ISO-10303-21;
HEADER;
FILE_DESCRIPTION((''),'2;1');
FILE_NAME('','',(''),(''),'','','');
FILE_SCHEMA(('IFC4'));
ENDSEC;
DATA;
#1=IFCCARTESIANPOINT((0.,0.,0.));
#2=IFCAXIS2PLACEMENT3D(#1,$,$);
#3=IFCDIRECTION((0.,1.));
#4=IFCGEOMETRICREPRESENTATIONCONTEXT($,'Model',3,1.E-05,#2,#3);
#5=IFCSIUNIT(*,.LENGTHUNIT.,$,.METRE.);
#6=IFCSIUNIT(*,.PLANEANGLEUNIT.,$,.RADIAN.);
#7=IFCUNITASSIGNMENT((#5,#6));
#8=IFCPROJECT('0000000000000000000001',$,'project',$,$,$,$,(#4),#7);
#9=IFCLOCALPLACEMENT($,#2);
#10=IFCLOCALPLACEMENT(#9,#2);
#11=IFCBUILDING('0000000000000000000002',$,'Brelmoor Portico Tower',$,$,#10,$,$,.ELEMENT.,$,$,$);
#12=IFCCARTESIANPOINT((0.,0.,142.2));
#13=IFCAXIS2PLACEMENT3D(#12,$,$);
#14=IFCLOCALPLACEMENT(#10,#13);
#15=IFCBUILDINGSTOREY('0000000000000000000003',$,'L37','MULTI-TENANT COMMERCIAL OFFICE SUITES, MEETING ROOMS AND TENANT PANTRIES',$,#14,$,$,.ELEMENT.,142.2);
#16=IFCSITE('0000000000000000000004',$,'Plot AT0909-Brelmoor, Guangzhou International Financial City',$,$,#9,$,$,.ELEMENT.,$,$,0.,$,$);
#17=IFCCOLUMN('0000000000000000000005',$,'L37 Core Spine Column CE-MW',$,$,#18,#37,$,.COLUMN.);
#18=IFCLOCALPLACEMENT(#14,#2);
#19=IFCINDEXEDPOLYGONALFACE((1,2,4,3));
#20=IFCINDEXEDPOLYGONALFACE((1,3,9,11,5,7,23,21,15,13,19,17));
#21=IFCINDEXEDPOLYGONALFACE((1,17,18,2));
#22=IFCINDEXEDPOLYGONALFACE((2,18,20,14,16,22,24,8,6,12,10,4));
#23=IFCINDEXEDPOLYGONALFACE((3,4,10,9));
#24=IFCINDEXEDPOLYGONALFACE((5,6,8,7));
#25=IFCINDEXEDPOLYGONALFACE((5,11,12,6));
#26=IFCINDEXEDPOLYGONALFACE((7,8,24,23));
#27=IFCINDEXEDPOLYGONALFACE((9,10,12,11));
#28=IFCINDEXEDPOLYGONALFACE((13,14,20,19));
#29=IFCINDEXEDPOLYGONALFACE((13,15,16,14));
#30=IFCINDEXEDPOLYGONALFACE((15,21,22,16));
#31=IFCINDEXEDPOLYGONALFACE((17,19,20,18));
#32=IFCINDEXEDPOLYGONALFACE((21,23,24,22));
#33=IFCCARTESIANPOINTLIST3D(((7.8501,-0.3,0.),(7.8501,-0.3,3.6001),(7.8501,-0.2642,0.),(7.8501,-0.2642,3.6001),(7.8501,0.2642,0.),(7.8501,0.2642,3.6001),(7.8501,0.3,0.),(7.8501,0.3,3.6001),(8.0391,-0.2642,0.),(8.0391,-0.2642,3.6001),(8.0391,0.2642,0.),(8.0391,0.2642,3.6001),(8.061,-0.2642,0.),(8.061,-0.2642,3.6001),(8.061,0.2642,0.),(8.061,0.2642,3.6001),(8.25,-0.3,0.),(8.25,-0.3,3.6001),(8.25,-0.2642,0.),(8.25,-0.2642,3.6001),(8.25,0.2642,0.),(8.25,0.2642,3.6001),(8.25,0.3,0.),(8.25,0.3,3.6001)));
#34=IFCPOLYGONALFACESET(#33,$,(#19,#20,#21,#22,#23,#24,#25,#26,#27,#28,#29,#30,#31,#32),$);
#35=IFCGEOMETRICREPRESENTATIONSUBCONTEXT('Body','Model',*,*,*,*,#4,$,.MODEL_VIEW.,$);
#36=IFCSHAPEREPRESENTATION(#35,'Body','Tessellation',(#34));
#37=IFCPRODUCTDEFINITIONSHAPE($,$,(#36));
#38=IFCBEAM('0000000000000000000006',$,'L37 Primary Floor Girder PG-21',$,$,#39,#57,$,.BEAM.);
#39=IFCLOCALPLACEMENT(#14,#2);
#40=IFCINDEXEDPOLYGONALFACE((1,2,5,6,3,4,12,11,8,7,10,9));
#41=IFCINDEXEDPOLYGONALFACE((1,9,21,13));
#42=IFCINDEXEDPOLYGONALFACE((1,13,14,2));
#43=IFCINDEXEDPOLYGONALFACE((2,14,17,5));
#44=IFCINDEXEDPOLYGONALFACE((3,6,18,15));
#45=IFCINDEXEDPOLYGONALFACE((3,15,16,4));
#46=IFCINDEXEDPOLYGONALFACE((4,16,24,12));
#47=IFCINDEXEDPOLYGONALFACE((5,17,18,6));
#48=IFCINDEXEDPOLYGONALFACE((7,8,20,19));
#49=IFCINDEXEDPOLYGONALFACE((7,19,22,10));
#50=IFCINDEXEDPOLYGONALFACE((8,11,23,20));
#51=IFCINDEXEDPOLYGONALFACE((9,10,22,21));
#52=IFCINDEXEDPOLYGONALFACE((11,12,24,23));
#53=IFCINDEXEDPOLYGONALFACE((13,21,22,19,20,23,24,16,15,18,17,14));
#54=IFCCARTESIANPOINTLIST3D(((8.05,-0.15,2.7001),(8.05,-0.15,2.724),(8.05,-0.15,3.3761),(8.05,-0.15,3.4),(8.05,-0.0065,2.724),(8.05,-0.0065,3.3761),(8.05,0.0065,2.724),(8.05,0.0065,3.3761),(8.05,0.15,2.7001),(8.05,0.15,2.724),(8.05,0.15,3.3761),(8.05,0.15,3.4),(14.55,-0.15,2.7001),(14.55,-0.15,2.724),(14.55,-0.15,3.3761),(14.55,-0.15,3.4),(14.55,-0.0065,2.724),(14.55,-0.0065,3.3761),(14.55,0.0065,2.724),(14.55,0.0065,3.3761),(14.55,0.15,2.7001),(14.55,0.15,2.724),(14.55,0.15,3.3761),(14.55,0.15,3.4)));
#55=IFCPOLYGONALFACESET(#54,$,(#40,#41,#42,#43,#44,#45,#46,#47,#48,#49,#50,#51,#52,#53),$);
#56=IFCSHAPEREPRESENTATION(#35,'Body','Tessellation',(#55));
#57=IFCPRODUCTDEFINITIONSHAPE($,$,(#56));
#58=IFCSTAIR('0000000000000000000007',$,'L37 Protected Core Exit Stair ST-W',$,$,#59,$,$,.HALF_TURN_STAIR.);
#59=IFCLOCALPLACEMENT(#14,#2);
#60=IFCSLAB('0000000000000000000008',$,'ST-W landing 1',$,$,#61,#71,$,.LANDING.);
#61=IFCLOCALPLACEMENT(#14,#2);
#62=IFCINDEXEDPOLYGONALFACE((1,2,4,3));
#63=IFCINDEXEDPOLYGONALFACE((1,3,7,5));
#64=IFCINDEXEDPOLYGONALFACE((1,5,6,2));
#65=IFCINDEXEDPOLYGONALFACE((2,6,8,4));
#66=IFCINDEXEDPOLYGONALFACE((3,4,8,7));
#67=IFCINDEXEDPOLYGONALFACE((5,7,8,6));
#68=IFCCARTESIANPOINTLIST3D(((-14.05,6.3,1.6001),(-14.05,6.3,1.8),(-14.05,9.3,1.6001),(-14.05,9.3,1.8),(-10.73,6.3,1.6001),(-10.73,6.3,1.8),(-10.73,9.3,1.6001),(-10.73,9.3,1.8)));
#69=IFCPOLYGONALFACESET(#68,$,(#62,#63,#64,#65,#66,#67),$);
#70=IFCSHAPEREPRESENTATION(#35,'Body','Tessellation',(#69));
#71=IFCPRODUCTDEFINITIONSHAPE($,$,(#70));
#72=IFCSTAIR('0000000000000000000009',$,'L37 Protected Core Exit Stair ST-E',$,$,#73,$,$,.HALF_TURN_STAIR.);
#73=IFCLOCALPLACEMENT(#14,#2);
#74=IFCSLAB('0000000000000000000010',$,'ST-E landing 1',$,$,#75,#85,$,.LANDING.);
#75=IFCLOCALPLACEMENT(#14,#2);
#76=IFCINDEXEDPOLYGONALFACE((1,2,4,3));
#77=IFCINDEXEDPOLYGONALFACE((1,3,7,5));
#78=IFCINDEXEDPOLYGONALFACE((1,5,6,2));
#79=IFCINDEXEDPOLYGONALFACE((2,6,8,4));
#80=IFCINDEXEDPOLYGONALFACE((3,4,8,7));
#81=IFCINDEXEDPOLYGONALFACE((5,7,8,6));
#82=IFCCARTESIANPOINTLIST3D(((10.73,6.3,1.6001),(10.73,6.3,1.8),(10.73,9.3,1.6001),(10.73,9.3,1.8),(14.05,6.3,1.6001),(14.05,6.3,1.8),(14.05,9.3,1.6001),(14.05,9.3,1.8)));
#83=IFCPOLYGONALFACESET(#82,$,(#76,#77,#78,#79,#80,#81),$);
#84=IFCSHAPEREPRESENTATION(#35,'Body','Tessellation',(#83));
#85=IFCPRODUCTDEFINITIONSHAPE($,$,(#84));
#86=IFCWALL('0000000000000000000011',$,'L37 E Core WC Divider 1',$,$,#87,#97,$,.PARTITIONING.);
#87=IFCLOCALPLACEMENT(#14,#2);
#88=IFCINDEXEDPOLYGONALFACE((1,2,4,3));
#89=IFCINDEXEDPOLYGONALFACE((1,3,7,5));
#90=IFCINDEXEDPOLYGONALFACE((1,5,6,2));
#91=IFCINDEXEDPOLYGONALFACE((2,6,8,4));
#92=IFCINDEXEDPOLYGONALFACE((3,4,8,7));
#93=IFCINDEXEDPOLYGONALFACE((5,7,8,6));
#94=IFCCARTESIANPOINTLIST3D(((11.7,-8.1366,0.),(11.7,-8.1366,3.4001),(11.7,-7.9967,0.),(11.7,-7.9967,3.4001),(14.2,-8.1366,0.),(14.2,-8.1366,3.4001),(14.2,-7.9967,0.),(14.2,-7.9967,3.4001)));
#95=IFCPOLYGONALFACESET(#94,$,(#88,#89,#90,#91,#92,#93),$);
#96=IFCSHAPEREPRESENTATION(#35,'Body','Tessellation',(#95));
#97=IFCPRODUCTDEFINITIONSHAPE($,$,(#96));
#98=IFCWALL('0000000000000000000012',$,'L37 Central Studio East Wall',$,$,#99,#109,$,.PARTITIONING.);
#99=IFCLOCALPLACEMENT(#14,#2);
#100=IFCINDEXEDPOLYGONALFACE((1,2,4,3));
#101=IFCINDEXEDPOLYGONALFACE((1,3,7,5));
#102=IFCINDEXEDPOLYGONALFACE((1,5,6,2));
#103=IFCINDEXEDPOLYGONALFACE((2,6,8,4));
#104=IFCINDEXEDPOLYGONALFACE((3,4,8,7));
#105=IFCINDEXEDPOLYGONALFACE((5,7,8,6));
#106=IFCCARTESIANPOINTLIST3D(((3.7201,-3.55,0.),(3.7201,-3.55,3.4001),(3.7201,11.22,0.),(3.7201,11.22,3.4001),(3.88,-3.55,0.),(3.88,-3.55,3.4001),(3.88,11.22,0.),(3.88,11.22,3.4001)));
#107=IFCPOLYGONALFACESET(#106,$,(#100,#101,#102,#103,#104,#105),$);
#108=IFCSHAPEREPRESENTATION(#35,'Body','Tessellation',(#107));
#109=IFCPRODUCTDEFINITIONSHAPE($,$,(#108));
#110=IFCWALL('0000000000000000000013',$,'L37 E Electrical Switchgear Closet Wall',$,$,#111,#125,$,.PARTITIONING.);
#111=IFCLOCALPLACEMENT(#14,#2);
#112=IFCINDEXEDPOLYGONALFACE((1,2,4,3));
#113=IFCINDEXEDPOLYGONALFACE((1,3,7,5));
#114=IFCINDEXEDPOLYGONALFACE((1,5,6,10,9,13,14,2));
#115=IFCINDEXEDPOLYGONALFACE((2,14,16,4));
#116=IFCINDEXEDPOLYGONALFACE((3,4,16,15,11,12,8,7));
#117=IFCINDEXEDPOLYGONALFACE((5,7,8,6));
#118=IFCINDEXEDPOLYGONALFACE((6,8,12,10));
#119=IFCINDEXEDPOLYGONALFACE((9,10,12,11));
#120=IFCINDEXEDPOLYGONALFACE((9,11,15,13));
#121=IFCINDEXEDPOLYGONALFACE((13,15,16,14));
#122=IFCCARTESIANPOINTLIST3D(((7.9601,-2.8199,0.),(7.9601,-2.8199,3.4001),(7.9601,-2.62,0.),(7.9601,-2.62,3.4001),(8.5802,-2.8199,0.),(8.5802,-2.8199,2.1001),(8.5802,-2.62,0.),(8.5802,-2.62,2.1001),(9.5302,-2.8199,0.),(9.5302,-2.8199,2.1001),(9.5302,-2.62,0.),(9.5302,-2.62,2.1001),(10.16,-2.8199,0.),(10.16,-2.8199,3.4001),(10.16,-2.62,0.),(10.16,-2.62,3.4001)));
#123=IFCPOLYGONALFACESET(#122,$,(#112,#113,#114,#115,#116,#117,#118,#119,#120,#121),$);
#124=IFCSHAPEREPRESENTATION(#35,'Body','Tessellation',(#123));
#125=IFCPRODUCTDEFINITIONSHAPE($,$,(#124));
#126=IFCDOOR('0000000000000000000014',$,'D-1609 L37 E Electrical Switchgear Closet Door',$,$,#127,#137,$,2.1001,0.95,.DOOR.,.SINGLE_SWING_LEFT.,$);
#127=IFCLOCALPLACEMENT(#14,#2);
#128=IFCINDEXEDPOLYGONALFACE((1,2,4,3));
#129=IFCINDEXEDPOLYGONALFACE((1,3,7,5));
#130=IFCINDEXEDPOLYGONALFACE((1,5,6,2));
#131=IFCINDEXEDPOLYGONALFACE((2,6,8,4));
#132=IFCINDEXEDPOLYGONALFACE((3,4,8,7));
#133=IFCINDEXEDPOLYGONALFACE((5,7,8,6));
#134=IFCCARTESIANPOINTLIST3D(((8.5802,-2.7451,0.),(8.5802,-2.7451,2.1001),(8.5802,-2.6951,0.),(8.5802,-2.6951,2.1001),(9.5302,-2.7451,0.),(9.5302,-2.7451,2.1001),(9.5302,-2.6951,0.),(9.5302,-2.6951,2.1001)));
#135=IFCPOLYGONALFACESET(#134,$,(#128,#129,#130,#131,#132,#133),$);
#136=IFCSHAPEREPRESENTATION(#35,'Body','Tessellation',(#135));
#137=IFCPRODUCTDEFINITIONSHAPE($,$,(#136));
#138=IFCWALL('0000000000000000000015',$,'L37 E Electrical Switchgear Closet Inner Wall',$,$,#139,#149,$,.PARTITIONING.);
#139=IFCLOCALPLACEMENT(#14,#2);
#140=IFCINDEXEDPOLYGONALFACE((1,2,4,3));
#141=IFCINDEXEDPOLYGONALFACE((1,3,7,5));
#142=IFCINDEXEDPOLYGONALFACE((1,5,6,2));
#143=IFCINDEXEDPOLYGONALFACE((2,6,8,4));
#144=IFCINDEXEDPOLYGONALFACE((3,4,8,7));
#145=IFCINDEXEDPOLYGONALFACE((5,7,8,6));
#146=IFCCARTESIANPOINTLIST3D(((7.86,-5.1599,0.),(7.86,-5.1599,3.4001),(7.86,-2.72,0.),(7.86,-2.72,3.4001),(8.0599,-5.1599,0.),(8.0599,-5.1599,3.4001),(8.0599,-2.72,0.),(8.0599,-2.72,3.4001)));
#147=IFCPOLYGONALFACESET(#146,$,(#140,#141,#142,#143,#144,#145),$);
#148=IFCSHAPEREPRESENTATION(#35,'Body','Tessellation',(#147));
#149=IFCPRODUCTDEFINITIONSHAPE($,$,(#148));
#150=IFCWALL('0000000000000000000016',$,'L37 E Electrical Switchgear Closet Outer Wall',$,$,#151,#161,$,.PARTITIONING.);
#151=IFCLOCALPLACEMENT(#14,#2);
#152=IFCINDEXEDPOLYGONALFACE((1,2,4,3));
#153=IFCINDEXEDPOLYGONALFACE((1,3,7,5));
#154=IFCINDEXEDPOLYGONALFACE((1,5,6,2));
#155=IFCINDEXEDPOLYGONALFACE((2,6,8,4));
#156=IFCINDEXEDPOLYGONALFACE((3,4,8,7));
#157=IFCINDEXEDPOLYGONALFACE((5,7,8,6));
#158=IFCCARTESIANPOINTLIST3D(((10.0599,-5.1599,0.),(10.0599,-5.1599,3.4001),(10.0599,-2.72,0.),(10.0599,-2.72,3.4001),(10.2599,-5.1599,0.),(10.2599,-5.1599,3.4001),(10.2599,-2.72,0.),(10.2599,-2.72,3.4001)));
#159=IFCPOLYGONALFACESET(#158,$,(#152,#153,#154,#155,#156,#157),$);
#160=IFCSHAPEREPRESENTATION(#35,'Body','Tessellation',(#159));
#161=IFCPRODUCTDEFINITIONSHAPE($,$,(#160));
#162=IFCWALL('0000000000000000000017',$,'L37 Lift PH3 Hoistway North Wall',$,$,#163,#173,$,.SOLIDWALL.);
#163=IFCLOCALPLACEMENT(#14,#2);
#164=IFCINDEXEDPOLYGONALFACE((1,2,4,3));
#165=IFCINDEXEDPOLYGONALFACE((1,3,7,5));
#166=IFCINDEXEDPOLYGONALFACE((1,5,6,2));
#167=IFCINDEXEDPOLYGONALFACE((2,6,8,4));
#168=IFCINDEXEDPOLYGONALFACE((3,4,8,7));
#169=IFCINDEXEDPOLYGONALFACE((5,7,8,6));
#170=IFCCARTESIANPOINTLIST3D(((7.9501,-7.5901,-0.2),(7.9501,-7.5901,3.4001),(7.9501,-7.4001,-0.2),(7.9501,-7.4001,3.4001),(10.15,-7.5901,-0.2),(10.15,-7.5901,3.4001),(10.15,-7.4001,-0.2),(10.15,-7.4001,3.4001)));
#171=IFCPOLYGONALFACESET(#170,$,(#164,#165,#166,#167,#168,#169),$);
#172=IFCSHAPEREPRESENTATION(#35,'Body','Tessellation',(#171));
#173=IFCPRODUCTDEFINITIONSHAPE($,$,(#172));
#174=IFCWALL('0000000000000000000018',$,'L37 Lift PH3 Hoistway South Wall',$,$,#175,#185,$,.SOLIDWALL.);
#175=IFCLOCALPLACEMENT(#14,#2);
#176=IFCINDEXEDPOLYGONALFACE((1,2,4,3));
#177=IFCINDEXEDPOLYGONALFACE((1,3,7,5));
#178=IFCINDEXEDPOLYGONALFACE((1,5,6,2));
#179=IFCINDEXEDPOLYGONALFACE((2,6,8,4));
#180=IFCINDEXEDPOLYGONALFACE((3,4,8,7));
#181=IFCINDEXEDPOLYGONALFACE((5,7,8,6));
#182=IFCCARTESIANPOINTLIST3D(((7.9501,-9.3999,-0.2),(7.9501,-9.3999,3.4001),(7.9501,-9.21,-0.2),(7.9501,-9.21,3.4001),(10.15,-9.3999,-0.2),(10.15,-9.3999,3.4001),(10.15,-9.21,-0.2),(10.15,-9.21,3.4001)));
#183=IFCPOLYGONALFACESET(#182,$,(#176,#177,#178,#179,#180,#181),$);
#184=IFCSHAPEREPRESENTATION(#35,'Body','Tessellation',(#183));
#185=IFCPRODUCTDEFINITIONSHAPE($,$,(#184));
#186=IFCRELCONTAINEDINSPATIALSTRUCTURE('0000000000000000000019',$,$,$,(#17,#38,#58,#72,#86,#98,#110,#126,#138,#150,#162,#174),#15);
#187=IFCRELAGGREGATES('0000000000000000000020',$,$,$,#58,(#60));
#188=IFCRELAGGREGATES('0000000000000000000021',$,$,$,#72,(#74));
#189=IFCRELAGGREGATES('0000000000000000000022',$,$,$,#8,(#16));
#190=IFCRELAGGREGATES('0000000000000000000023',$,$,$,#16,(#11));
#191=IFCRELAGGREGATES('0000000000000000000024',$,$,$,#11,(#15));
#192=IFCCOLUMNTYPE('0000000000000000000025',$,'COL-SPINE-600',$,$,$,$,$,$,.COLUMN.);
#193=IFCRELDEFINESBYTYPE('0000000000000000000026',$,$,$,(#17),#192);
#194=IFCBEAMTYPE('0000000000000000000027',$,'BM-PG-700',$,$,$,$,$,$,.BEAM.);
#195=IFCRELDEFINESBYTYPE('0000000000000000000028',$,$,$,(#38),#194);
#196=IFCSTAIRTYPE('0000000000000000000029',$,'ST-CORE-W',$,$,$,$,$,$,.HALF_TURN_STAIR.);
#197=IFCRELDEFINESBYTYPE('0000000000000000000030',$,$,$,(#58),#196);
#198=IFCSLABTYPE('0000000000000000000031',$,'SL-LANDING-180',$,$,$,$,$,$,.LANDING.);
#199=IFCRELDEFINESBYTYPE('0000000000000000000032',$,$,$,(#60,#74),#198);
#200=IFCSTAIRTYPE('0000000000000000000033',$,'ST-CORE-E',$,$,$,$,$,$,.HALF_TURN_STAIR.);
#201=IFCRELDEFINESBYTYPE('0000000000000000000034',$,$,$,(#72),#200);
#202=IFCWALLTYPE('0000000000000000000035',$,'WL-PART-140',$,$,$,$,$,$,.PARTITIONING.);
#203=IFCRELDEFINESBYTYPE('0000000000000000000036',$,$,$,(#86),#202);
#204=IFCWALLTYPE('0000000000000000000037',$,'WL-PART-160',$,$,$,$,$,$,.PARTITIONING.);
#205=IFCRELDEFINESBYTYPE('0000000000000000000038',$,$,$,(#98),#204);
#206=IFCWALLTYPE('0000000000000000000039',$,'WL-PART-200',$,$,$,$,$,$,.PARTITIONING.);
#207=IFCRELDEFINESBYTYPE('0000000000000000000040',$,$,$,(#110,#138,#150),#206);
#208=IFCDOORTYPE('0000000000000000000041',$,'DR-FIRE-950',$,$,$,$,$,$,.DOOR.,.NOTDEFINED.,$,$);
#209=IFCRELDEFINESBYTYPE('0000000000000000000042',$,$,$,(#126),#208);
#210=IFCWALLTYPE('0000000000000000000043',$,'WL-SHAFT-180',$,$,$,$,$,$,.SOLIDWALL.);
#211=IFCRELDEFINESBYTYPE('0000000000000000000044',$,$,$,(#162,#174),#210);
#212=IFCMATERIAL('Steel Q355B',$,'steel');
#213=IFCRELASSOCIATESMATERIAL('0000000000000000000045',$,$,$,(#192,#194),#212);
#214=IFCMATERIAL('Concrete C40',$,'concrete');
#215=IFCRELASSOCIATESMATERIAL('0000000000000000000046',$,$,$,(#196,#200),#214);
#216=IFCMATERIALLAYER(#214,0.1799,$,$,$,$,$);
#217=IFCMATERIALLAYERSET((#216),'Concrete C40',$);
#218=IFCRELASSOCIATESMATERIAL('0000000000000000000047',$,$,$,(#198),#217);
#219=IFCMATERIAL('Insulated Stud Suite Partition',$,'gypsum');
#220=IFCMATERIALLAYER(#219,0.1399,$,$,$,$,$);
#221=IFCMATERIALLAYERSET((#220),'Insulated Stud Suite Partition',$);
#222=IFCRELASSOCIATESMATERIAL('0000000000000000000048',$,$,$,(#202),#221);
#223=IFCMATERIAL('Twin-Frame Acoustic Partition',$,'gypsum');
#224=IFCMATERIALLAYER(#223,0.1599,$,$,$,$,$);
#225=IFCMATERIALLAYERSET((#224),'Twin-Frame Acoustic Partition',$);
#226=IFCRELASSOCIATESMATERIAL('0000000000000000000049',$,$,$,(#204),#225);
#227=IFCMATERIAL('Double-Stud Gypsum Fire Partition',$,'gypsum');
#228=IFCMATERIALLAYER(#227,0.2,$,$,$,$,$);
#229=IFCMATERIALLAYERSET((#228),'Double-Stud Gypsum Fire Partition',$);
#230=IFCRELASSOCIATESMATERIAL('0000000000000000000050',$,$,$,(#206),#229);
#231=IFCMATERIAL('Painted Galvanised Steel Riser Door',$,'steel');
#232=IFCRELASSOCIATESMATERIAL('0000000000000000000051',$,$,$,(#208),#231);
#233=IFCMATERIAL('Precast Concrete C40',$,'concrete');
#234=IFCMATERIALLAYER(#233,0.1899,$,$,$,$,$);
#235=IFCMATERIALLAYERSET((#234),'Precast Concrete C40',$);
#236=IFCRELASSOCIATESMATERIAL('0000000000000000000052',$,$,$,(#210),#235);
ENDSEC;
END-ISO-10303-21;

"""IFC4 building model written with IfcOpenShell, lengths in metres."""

from ifc_helpers import new_model, si_unit, direction, frame, frame_2d, origin, origin_2d, place, context, subcontext, project, spatial, polyline, rectangle, i_section, outline, extrude, material, layer, layer_set, material_profile, profile_set, type_object, element, fill, aggregate, save


model = new_model("IFC4")

# Units and contexts
model_context = context("Model", 3, precision=1e-05, world=origin(), true_north=direction((0.0, 1.0)))
body_context = subcontext(model_context, "Body", "Model", "MODEL_VIEW")
ifc_project = project(units=[si_unit("LENGTHUNIT", "METRE"), si_unit("PLANEANGLEUNIT", "RADIAN")], contexts=[model_context])

# Site, building, storey
site_placement = place(None, origin())
site = spatial("IfcSite", under=ifc_project, at=site_placement, Name="Plot AT0909-Brelmoor, Guangzhou International Financial City", CompositionType="ELEMENT", RefElevation=0.0)
building_placement = place(site_placement, origin())
building = spatial("IfcBuilding", under=site, at=building_placement, Name="Brelmoor Portico Tower", CompositionType="ELEMENT")
storey_placement = place(building_placement, frame((0.0, 0.0, 142.2)))
storey = spatial("IfcBuildingStorey", under=building, at=storey_placement, Name="L37", Description="MULTI-TENANT COMMERCIAL OFFICE SUITES, MEETING ROOMS AND TENANT PANTRIES", CompositionType="ELEMENT", Elevation=142.2)

# Column
ifc_material_1 = material(Name="Steel Q355B", Category="steel")
ifc_material_profile_1 = material_profile(ifc_material_1, i_section(OverallWidth=0.3999, OverallDepth=0.6001, WebThickness=0.022, FlangeThickness=0.0359, at=origin_2d()), Name="HW 600x400x22x36")
ifc_profile_set_1 = profile_set([ifc_material_profile_1], Name="Steel Q355B")
column_type = type_object("IfcColumnType", Name="COL-SPINE-600", PredefinedType="COLUMN", material=ifc_profile_set_1)
column_placement = place(storey_placement, frame((8.05, 0.0, 0.0), z_axis=(0.0, 0.0, 1.0), x_axis=(1.0, 0.0, 0.0)))
element("IfcColumn", 1, at=column_placement, inside=storey, type_object=column_type, Name="L37 Core Spine Column CE-MW", PredefinedType="COLUMN", context=body_context, shape_type="SweptSolid", body=[
    extrude(i_section(OverallWidth=0.3999, OverallDepth=0.6001, WebThickness=0.022, FlangeThickness=0.0359, at=origin_2d()), origin(), (0.0, 0.0, 1.0), 3.6001),
])

# Beam
ifc_material_profile_2 = material_profile(ifc_material_1, i_section(OverallWidth=0.3, OverallDepth=0.7, WebThickness=0.0129, FlangeThickness=0.0239, at=origin_2d()), Name="HN 700x300x13x24")
ifc_profile_set_2 = profile_set([ifc_material_profile_2], Name="Steel Q355B")
beam_type = type_object("IfcBeamType", Name="BM-PG-700", PredefinedType="BEAM", material=ifc_profile_set_2)
beam_placement = place(storey_placement, frame((8.05, 0.0, 3.05), z_axis=(1.0, 0.0, 0.0), x_axis=(0.0, 1.0, 0.0)))
element("IfcBeam", 2, at=beam_placement, inside=storey, type_object=beam_type, Name="L37 Primary Floor Girder PG-21", PredefinedType="BEAM", context=body_context, shape_type="SweptSolid", body=[
    extrude(i_section(OverallWidth=0.3, OverallDepth=0.7, WebThickness=0.0129, FlangeThickness=0.0239, at=origin_2d()), origin(), (0.0, 0.0, 1.0), 6.5),
])

# Stairs, slabs
ifc_material_2 = material(Name="Concrete C40", Category="concrete")
stair_type_1 = type_object("IfcStairType", Name="ST-CORE-W", PredefinedType="HALF_TURN_STAIR", material=ifc_material_2)
stair_1_placement = place(storey_placement, origin())
stair_1 = element("IfcStair", 3, at=stair_1_placement, inside=storey, type_object=stair_type_1, Name="L37 Protected Core Exit Stair ST-W", PredefinedType="HALF_TURN_STAIR")
ifc_layer_1 = layer(ifc_material_2, 0.1799)
ifc_layer_set_1 = layer_set([ifc_layer_1], Name="Concrete C40")
slab_type = type_object("IfcSlabType", Name="SL-LANDING-180", PredefinedType="LANDING", material=ifc_layer_set_1)
slab_1_placement = place(storey_placement, frame((0.0, 0.0, 1.6001)))
slab_1 = element("IfcSlab", 4, at=slab_1_placement, type_object=slab_type, Name="ST-W landing 1", PredefinedType="LANDING", context=body_context, shape_type="SweptSolid", body=[
    extrude(outline(polyline([(-10.73, 6.3), (-10.73, 9.3), (-14.05, 9.3), (-14.05, 6.3), (-10.73, 6.3)])), origin(), (0.0, 0.0, 1.0), 0.2),
])
aggregate(stair_1, [slab_1])
stair_type_2 = type_object("IfcStairType", Name="ST-CORE-E", PredefinedType="HALF_TURN_STAIR", material=ifc_material_2)
stair_2_placement = place(storey_placement, origin())
stair_2 = element("IfcStair", 5, at=stair_2_placement, inside=storey, type_object=stair_type_2, Name="L37 Protected Core Exit Stair ST-E", PredefinedType="HALF_TURN_STAIR")
slab_2_placement = place(storey_placement, frame((0.0, 0.0, 1.6001)))
slab_2 = element("IfcSlab", 6, at=slab_2_placement, type_object=slab_type, Name="ST-E landing 1", PredefinedType="LANDING", context=body_context, shape_type="SweptSolid", body=[
    extrude(outline(polyline([(14.05, 6.3), (14.05, 9.3), (10.73, 9.3), (10.73, 6.3), (14.05, 6.3)])), origin(), (0.0, 0.0, 1.0), 0.2),
])
aggregate(stair_2, [slab_2])

# Walls
ifc_material_3 = material(Name="Insulated Stud Suite Partition", Category="gypsum")
ifc_layer_2 = layer(ifc_material_3, 0.1399)
ifc_layer_set_2 = layer_set([ifc_layer_2], Name="Insulated Stud Suite Partition")
wall_type_1 = type_object("IfcWallType", Name="WL-PART-140", PredefinedType="PARTITIONING", material=ifc_layer_set_2)
wall_1_placement = place(storey_placement, frame((11.7, -8.0667, 0.0), z_axis=(0.0, 0.0, 1.0), x_axis=(1.0, 0.0, 0.0)))
element("IfcWall", 7, at=wall_1_placement, inside=storey, type_object=wall_type_1, Name="L37 E Core WC Divider 1", PredefinedType="PARTITIONING", context=body_context, shape_type="SweptSolid", body=[
    extrude(rectangle(XDim=2.5, YDim=0.1399, at=frame_2d((1.25, 0.0))), origin(), (0.0, 0.0, 1.0), 3.4001),
])
ifc_material_4 = material(Name="Twin-Frame Acoustic Partition", Category="gypsum")
ifc_layer_3 = layer(ifc_material_4, 0.1599)
ifc_layer_set_3 = layer_set([ifc_layer_3], Name="Twin-Frame Acoustic Partition")
wall_type_2 = type_object("IfcWallType", Name="WL-PART-160", PredefinedType="PARTITIONING", material=ifc_layer_set_3)
wall_2_placement = place(storey_placement, frame((3.8, -3.55, 0.0), z_axis=(0.0, 0.0, 1.0), x_axis=(0.0, 1.0, 0.0)))
element("IfcWall", 8, at=wall_2_placement, inside=storey, type_object=wall_type_2, Name="L37 Central Studio East Wall", PredefinedType="PARTITIONING", context=body_context, shape_type="SweptSolid", body=[
    extrude(rectangle(XDim=14.77, YDim=0.1599, at=frame_2d((7.385, 0.0))), origin(), (0.0, 0.0, 1.0), 3.4001),
])

# Wall, opening, door
ifc_material_5 = material(Name="Double-Stud Gypsum Fire Partition", Category="gypsum")
ifc_layer_4 = layer(ifc_material_5, 0.2)
ifc_layer_set_4 = layer_set([ifc_layer_4], Name="Double-Stud Gypsum Fire Partition")
wall_type_3 = type_object("IfcWallType", Name="WL-PART-200", PredefinedType="PARTITIONING", material=ifc_layer_set_4)
wall_3_placement = place(storey_placement, frame((7.96, -2.72, 0.0), z_axis=(0.0, 0.0, 1.0), x_axis=(1.0, 0.0, 0.0)))
wall_3 = element("IfcWall", 9, at=wall_3_placement, inside=storey, type_object=wall_type_3, Name="L37 E Electrical Switchgear Closet Wall", PredefinedType="PARTITIONING", context=body_context, shape_type="SweptSolid", body=[
    extrude(rectangle(XDim=2.2, YDim=0.2, at=frame_2d((1.1001, 0.0))), origin(), (0.0, 0.0, 1.0), 3.4001),
])
opening_1_placement = place(wall_3_placement, frame((0.6201, 0.0, 0.0)))
opening_1 = element("IfcOpeningElement", 10, at=opening_1_placement, cuts=wall_3, PredefinedType="OPENING", context=body_context, shape_type="SweptSolid", body=[
    extrude(rectangle(XDim=0.95, YDim=2.1001, at=frame_2d((0.4751, 1.05))), frame((0.0, 0.1099, 0.0), z_axis=(0.0, -1.0, 0.0), x_axis=(1.0, 0.0, 0.0)), (0.0, 0.0, 1.0), 0.22),
])
ifc_material_6 = material(Name="Painted Galvanised Steel Riser Door", Category="steel")
door_type_1 = type_object("IfcDoorType", Name="DR-FIRE-950", OperationType="NOTDEFINED", PredefinedType="DOOR", material=ifc_material_6)
door_1_placement = place(opening_1_placement, origin())
door_1 = element("IfcDoor", 11, at=door_1_placement, inside=storey, type_object=door_type_1, Name="D-1609 L37 E Electrical Switchgear Closet Door", OperationType="SINGLE_SWING_LEFT", OverallHeight=2.1001, OverallWidth=0.95, PredefinedType="DOOR", context=body_context, shape_type="SweptSolid", body=[
    extrude(rectangle(XDim=0.95, YDim=2.1001, at=frame_2d((0.4751, 1.05))), frame((0.0, 0.0249, 0.0), z_axis=(0.0, -1.0, 0.0), x_axis=(1.0, 0.0, 0.0)), (0.0, 0.0, 1.0), 0.05),
])
fill(opening_1, door_1)

# Walls
for number, where, z_axis, x_axis, name in (
    (12, (7.96, -5.1599, 0.0), (0.0, 0.0, 1.0), (0.0, 1.0, 0.0), "L37 E Electrical Switchgear Closet Inner Wall"),
    (13, (10.1599, -5.1599, 0.0), (0.0, 0.0, 1.0), (0.0, 1.0, 0.0), "L37 E Electrical Switchgear Closet Outer Wall"),
):
    element("IfcWall", number, at=place(storey_placement, frame(where, z_axis=z_axis, x_axis=x_axis)), inside=storey, type_object=wall_type_3, Name=name, PredefinedType="PARTITIONING", context=body_context, shape_type="SweptSolid", body=[
        extrude(rectangle(XDim=2.4399, YDim=0.2, at=frame_2d((1.22, 0.0))), origin(), (0.0, 0.0, 1.0), 3.4001),
    ])
ifc_material_7 = material(Name="Precast Concrete C40", Category="concrete")
ifc_layer_5 = layer(ifc_material_7, 0.1899)
ifc_layer_set_5 = layer_set([ifc_layer_5], Name="Precast Concrete C40")
wall_type_4 = type_object("IfcWallType", Name="WL-SHAFT-180", PredefinedType="SOLIDWALL", material=ifc_layer_set_5)
for number, where, z_axis, x_axis, name in (
    (14, (7.95, -7.4951, -0.2), (0.0, 0.0, 1.0), (1.0, 0.0, 0.0), "L37 Lift PH3 Hoistway North Wall"),
    (15, (7.95, -9.3049, -0.2), (0.0, 0.0, 1.0), (1.0, 0.0, 0.0), "L37 Lift PH3 Hoistway South Wall"),
):
    element("IfcWall", number, at=place(storey_placement, frame(where, z_axis=z_axis, x_axis=x_axis)), inside=storey, type_object=wall_type_4, Name=name, PredefinedType="SOLIDWALL", context=body_context, shape_type="SweptSolid", body=[
        extrude(rectangle(XDim=2.2, YDim=0.1899, at=frame_2d((1.1001, 0.0))), origin(), (0.0, 0.0, 1.0), 3.6001),
    ])

save(model, "model.ifc")
